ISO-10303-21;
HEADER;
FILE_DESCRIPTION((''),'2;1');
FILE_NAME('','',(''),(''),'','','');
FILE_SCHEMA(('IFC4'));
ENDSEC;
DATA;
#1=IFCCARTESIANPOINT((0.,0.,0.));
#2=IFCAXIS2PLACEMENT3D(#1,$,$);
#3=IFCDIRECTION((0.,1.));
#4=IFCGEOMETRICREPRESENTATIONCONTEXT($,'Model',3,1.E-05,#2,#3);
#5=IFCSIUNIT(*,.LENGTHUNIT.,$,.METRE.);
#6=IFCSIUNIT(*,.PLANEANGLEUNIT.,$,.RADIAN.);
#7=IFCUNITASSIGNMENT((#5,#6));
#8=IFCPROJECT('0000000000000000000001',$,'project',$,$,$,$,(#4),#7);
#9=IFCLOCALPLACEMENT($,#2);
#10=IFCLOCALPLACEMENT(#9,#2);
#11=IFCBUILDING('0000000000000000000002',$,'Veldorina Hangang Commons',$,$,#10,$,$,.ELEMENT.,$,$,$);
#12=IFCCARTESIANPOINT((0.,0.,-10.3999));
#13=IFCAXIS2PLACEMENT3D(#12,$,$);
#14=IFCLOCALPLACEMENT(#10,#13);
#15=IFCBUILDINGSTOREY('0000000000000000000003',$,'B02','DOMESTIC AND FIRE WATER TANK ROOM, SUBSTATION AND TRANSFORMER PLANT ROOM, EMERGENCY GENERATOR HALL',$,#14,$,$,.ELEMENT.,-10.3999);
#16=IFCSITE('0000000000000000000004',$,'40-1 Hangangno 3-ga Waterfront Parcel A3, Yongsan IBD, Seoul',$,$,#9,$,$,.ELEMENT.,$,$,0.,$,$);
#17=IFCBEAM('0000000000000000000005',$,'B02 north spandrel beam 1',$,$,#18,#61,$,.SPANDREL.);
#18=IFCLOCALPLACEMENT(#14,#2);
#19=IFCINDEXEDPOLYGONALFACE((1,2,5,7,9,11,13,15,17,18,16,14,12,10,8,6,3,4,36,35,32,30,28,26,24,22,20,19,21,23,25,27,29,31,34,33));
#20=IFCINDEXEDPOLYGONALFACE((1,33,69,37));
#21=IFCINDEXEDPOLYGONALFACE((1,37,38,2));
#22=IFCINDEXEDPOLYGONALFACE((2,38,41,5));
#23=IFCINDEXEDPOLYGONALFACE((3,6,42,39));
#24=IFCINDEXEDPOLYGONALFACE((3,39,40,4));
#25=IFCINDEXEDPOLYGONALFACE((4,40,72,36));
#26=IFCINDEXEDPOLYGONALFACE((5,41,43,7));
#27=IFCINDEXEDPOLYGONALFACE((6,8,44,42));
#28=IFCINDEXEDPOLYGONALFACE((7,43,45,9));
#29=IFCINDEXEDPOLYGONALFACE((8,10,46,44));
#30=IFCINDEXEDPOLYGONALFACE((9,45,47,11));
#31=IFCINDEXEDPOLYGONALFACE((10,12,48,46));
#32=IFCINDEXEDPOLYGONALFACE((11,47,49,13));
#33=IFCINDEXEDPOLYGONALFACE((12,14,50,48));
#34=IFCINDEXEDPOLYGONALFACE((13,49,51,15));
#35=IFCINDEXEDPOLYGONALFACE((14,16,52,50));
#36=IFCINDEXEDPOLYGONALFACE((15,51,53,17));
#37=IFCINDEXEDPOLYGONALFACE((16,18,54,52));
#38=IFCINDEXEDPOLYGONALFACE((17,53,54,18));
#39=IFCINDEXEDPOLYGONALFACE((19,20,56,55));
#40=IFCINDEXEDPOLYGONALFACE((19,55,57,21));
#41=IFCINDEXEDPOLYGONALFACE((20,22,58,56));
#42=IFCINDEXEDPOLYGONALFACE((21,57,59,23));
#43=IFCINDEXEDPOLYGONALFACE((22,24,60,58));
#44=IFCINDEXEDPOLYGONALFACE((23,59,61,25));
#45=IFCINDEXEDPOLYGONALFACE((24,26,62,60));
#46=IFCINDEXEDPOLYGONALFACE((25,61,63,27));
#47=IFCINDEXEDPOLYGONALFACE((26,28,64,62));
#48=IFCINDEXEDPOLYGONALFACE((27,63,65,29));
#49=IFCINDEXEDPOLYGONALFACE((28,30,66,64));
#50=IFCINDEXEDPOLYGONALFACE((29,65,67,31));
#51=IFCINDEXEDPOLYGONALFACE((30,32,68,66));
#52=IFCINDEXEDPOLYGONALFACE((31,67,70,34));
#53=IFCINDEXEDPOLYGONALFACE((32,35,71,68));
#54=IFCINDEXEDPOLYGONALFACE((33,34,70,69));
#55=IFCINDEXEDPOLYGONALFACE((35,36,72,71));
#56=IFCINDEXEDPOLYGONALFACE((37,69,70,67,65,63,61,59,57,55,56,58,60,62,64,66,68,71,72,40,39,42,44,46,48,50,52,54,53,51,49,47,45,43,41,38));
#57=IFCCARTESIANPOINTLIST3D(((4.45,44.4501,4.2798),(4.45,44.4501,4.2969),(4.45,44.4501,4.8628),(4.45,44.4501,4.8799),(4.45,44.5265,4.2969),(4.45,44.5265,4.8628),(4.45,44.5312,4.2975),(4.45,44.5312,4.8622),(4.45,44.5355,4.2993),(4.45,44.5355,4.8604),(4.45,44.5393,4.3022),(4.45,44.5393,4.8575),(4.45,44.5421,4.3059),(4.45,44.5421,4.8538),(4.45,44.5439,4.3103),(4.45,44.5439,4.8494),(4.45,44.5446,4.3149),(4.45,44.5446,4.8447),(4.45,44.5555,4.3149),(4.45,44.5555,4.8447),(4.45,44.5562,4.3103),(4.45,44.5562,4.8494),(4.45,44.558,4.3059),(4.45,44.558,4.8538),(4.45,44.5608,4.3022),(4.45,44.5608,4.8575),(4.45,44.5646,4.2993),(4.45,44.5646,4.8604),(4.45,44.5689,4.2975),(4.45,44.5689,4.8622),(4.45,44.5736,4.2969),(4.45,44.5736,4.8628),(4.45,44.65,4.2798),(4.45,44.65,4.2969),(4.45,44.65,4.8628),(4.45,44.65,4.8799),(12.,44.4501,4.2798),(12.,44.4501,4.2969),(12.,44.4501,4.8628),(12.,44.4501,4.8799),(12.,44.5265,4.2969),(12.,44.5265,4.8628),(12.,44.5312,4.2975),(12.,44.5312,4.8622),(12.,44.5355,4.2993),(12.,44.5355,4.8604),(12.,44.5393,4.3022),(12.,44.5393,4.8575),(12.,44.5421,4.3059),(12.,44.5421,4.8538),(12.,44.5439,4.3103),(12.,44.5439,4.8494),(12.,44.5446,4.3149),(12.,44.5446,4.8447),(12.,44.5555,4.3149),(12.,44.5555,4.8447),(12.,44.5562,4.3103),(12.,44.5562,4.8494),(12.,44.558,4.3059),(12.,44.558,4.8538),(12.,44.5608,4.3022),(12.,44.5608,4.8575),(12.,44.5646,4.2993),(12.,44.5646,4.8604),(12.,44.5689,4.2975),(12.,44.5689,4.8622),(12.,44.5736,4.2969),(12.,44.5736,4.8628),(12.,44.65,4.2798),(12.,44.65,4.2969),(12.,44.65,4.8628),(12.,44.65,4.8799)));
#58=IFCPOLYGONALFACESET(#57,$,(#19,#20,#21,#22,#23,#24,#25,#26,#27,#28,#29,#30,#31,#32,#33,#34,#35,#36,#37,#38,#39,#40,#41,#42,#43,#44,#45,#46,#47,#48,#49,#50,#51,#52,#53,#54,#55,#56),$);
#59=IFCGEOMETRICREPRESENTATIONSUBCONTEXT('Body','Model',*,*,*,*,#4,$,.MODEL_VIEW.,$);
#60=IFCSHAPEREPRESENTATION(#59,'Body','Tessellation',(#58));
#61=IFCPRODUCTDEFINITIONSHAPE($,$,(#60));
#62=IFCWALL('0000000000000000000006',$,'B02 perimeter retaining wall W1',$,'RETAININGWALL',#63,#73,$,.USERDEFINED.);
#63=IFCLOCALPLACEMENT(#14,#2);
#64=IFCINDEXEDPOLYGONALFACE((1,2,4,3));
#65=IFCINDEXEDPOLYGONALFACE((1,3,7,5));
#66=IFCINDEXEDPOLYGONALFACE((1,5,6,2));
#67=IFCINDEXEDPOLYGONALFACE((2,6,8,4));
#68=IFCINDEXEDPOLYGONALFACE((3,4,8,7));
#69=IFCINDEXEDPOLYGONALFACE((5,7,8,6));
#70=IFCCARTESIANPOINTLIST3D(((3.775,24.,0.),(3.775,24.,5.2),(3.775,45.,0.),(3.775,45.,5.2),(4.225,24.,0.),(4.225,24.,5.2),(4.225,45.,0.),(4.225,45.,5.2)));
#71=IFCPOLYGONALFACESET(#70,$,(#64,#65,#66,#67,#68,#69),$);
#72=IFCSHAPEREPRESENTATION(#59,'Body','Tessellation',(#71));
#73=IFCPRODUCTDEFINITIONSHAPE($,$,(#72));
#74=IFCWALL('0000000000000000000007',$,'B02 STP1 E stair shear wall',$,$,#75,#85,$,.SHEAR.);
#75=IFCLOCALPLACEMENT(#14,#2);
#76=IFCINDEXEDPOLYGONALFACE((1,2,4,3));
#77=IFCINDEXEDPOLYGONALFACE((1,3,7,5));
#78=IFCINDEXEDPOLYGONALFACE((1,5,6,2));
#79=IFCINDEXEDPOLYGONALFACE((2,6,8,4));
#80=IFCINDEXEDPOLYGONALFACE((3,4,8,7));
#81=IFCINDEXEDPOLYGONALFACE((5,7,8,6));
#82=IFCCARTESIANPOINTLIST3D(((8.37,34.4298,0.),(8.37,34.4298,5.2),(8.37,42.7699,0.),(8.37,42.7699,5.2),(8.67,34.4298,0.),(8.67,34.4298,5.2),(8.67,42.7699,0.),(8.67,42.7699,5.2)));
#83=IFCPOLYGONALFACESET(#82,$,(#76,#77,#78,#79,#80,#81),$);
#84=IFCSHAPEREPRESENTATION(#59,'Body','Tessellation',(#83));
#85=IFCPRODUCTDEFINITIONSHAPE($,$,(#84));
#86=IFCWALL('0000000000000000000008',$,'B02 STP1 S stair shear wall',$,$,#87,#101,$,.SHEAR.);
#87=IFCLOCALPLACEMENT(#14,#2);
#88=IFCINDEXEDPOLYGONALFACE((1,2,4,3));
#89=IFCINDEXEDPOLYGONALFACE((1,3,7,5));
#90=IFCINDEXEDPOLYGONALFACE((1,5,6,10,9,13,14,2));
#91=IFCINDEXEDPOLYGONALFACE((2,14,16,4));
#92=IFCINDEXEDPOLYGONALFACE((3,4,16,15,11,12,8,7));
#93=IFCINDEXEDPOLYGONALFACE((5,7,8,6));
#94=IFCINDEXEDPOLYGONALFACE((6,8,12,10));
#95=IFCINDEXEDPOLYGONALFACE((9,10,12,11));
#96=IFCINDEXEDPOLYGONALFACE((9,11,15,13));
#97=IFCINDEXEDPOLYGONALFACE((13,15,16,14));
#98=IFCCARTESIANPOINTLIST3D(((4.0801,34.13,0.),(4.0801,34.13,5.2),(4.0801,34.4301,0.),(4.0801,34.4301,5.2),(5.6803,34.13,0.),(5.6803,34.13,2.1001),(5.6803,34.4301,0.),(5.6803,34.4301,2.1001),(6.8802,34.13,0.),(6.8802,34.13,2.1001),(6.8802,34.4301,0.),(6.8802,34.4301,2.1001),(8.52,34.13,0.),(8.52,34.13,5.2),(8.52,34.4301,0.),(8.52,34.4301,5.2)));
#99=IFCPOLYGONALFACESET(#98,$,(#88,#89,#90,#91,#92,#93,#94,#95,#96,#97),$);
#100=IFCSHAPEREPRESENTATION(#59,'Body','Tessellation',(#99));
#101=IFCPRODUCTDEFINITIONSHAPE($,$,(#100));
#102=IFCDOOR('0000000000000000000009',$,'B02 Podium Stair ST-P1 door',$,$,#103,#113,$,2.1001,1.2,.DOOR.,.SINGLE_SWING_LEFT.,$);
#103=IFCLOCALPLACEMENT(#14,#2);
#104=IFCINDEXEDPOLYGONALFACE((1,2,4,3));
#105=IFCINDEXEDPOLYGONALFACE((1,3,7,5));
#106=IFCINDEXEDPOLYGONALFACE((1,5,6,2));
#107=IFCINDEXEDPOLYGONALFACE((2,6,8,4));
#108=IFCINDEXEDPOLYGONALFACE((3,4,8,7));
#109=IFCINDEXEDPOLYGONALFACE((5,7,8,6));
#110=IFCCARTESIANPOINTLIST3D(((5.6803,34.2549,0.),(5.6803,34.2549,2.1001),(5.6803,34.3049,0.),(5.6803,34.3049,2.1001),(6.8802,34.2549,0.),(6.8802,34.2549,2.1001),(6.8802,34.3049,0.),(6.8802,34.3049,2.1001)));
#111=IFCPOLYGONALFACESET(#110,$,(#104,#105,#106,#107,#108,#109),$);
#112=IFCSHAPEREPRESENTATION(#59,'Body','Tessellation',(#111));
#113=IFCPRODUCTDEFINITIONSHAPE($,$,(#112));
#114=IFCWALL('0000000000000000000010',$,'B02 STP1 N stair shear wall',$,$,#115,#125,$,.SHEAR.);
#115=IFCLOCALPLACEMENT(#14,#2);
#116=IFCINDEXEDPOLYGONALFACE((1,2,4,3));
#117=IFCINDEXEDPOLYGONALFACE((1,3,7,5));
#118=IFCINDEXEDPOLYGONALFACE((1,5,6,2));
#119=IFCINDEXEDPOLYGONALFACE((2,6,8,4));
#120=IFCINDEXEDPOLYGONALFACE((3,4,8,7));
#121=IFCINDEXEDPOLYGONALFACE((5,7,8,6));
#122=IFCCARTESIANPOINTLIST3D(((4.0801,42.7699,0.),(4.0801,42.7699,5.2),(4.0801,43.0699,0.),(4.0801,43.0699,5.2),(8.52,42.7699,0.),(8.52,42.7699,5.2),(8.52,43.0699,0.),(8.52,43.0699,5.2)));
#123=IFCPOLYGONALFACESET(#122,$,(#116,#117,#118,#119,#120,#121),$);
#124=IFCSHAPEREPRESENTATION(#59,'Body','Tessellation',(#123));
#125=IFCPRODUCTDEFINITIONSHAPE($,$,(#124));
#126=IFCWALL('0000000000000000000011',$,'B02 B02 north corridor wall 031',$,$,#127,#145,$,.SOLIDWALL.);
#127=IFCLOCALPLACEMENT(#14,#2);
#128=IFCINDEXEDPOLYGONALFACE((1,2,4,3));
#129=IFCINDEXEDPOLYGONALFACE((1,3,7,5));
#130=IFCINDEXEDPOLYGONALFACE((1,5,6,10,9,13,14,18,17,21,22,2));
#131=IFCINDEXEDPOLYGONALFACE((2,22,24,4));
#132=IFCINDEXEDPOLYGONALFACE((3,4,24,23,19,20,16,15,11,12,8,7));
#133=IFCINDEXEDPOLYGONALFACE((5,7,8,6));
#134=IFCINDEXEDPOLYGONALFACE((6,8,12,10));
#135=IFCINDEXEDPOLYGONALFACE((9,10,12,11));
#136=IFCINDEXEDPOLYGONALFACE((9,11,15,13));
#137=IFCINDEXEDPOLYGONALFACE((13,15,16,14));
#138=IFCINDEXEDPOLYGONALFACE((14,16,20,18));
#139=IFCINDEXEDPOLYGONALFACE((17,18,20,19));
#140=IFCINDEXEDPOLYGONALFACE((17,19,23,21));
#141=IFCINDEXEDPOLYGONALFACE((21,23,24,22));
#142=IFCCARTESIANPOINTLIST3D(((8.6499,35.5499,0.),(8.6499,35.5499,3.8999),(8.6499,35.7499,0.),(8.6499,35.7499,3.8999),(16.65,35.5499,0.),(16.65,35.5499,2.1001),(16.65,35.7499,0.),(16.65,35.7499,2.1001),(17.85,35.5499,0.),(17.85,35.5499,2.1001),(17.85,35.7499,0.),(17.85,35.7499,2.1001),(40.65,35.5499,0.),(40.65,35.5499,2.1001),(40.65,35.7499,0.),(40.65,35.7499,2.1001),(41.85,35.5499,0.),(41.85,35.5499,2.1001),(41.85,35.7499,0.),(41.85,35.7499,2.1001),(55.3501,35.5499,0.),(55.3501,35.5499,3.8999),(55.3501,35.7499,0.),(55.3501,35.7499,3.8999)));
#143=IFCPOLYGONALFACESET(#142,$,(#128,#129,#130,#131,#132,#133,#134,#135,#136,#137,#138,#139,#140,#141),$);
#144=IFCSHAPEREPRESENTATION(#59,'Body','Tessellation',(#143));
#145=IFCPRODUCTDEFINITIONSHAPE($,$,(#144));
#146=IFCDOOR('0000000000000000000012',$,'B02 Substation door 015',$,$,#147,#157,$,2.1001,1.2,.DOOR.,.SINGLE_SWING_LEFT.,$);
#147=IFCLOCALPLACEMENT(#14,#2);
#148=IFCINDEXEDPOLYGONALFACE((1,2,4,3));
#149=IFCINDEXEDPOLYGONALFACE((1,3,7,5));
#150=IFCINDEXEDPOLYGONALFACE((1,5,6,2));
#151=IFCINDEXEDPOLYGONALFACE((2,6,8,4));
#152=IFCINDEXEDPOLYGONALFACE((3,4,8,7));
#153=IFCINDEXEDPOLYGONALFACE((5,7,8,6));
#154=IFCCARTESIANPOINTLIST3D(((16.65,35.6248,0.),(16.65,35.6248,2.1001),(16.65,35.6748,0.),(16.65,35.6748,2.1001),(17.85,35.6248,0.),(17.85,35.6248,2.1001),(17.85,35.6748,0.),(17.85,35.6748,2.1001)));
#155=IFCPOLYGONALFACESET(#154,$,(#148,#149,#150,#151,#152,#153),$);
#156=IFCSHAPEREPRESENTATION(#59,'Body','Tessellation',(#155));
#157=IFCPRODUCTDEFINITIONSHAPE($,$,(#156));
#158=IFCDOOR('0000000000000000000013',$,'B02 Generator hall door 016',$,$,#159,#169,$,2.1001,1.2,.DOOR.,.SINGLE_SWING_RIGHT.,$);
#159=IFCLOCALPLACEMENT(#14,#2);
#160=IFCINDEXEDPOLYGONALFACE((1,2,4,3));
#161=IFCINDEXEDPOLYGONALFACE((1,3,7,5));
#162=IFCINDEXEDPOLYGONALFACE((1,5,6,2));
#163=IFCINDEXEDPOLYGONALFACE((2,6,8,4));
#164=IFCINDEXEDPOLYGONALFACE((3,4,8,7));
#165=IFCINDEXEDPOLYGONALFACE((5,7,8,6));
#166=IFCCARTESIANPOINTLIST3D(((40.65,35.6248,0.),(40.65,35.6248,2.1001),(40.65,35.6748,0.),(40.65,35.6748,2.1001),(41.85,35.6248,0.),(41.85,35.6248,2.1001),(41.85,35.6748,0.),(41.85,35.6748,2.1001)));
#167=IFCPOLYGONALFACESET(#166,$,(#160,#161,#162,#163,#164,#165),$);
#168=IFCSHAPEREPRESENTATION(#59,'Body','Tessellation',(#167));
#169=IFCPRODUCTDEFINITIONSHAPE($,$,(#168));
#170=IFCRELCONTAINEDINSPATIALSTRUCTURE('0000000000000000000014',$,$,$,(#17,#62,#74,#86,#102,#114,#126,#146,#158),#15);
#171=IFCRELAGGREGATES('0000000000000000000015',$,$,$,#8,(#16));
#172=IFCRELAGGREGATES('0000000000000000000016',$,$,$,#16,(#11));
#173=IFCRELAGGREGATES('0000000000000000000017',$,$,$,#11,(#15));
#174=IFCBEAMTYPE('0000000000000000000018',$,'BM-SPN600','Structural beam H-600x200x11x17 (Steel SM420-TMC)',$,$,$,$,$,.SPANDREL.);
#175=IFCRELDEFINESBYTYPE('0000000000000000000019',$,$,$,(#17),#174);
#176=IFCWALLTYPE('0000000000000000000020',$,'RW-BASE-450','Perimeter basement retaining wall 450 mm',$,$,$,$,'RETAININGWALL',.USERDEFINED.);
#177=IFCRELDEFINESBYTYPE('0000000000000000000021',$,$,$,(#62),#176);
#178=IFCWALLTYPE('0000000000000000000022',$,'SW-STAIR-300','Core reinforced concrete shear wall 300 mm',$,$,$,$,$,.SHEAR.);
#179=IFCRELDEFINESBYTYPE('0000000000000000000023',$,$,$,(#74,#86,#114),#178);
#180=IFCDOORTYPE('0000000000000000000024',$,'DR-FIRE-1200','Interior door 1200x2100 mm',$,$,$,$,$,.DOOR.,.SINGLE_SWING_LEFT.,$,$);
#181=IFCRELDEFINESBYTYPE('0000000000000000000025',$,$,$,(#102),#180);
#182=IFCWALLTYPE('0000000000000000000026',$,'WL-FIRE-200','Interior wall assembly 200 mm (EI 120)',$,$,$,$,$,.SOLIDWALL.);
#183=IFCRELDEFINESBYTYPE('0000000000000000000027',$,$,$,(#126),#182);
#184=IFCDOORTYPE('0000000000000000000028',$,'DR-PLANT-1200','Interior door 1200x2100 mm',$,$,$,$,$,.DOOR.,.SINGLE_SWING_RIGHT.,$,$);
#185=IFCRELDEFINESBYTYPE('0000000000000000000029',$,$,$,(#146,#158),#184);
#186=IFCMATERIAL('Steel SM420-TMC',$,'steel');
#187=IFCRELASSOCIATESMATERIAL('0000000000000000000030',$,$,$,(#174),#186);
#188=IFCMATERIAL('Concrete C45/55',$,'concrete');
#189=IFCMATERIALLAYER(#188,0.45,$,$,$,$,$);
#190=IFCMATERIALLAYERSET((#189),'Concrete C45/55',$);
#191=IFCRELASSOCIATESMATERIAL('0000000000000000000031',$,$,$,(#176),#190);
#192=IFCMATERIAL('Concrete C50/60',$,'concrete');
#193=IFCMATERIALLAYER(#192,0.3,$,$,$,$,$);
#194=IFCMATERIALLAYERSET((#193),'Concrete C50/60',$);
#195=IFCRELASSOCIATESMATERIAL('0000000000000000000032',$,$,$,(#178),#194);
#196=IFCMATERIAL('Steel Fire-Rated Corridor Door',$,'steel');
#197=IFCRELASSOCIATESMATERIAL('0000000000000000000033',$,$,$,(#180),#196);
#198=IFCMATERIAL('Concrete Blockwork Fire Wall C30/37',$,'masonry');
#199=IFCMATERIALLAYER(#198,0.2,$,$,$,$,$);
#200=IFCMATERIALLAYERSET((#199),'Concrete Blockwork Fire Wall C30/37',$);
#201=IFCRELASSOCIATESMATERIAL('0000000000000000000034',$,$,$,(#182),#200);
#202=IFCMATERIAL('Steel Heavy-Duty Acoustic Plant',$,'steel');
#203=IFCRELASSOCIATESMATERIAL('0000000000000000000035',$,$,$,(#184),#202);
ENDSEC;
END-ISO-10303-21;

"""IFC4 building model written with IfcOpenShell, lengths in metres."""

from ifc_helpers import new_model, si_unit, direction, frame, frame_2d, origin, origin_2d, place, context, subcontext, project, spatial, rectangle, i_section, extrude, material, layer, layer_set, material_profile, profile_set, type_object, element, fill, save


model = new_model("IFC4")

# Units and contexts
model_context = context("Model", 3, precision=1e-05, world=origin(), true_north=direction((0.0, 1.0)))
body_context = subcontext(model_context, "Body", "Model", "MODEL_VIEW")
ifc_project = project(units=[si_unit("LENGTHUNIT", "METRE"), si_unit("PLANEANGLEUNIT", "RADIAN")], contexts=[model_context])

# Site, building, storey
site_placement = place(None, origin())
site = spatial("IfcSite", under=ifc_project, at=site_placement, Name="40-1 Hangangno 3-ga Waterfront Parcel A3, Yongsan IBD, Seoul", CompositionType="ELEMENT", RefElevation=0.0)
building_placement = place(site_placement, origin())
building = spatial("IfcBuilding", under=site, at=building_placement, Name="Veldorina Hangang Commons", CompositionType="ELEMENT")
storey_placement = place(building_placement, frame((0.0, 0.0, -10.3999)))
storey = spatial("IfcBuildingStorey", under=building, at=storey_placement, Name="B02", Description="DOMESTIC AND FIRE WATER TANK ROOM, SUBSTATION AND TRANSFORMER PLANT ROOM, EMERGENCY GENERATOR HALL", CompositionType="ELEMENT", Elevation=-10.3999)

# Shared definitions
ifc_material_1 = material(Name="Concrete C45/55", Category="concrete")

# Beam
ifc_material_2 = material(Name="Steel SM420-TMC", Category="steel")
ifc_material_profile_1 = material_profile(ifc_material_2, i_section(OverallWidth=0.2, OverallDepth=0.6001, WebThickness=0.011, FlangeThickness=0.0171, FilletRadius=0.0181, at=origin_2d()), Name="H-600x200x11x17")
ifc_profile_set_1 = profile_set([ifc_material_profile_1], Name="Steel SM420-TMC")
beam_type = type_object("IfcBeamType", Name="BM-SPN600", Description="Structural beam H-600x200x11x17 (Steel SM420-TMC)", PredefinedType="SPANDREL", material=ifc_profile_set_1)
beam_placement = place(storey_placement, frame((4.45, 44.55, 4.5798), z_axis=(1.0, 0.0, 0.0), x_axis=(0.0, 1.0, 0.0)))
element("IfcBeam", 1, at=beam_placement, inside=storey, type_object=beam_type, Name="B02 north spandrel beam 1", PredefinedType="SPANDREL", context=body_context, shape_type="SweptSolid", body=[
    extrude(i_section(OverallWidth=0.2, OverallDepth=0.6001, WebThickness=0.011, FlangeThickness=0.0171, FilletRadius=0.0181, at=origin_2d()), origin(), (0.0, 0.0, 1.0), 7.55),
])

# Walls
ifc_layer_1 = layer(ifc_material_1, 0.45)
ifc_layer_set_1 = layer_set([ifc_layer_1], Name="Concrete C45/55")
wall_type_1 = type_object("IfcWallType", Name="RW-BASE-450", Description="Perimeter basement retaining wall 450 mm", ElementType="RETAININGWALL", PredefinedType="USERDEFINED", material=ifc_layer_set_1)
wall_1_placement = place(storey_placement, frame((4.0, 45.0, 0.0), z_axis=(0.0, 0.0, 1.0), x_axis=(0.0, -1.0, 0.0)))
element("IfcWall", 2, at=wall_1_placement, inside=storey, type_object=wall_type_1, Name="B02 perimeter retaining wall W1", ObjectType="RETAININGWALL", PredefinedType="USERDEFINED", context=body_context, shape_type="SweptSolid", body=[
    extrude(rectangle(XDim=21.0, YDim=0.45, at=frame_2d((10.5, 0.0))), origin(), (0.0, 0.0, 1.0), 5.2),
])
ifc_material_3 = material(Name="Concrete C50/60", Category="concrete")
ifc_layer_2 = layer(ifc_material_3, 0.3)
ifc_layer_set_2 = layer_set([ifc_layer_2], Name="Concrete C50/60")
wall_type_2 = type_object("IfcWallType", Name="SW-STAIR-300", Description="Core reinforced concrete shear wall 300 mm", PredefinedType="SHEAR", material=ifc_layer_set_2)
wall_2_placement = place(storey_placement, frame((8.52, 34.4299, 0.0), z_axis=(0.0, 0.0, 1.0), x_axis=(0.0, 1.0, 0.0)))
element("IfcWall", 3, at=wall_2_placement, inside=storey, type_object=wall_type_2, Name="B02 STP1 E stair shear wall", PredefinedType="SHEAR", context=body_context, shape_type="SweptSolid", body=[
    extrude(rectangle(XDim=8.3401, YDim=0.3, at=frame_2d((4.1699, 0.0))), origin(), (0.0, 0.0, 1.0), 5.2),
])

# Wall, opening, door
wall_3_placement = place(storey_placement, frame((4.0801, 34.28, 0.0), z_axis=(0.0, 0.0, 1.0), x_axis=(1.0, 0.0, 0.0)))
wall_3 = element("IfcWall", 4, at=wall_3_placement, inside=storey, type_object=wall_type_2, Name="B02 STP1 S stair shear wall", PredefinedType="SHEAR", context=body_context, shape_type="SweptSolid", body=[
    extrude(rectangle(XDim=4.4399, YDim=0.3, at=frame_2d((2.22, 0.0))), origin(), (0.0, 0.0, 1.0), 5.2),
])
opening_1_placement = place(wall_3_placement, frame((1.6001, 0.0, 0.0)))
opening_1 = element("IfcOpeningElement", 5, at=opening_1_placement, cuts=wall_3, PredefinedType="OPENING", context=body_context, shape_type="SweptSolid", body=[
    extrude(rectangle(XDim=1.2, YDim=2.1001, at=frame_2d((0.6001, 1.05))), frame((0.0, 0.1602, 0.0), z_axis=(0.0, -1.0, 0.0), x_axis=(1.0, 0.0, 0.0)), (0.0, 0.0, 1.0), 0.3201),
])
ifc_material_4 = material(Name="Steel Fire-Rated Corridor Door", Category="steel")
door_type_1 = type_object("IfcDoorType", Name="DR-FIRE-1200", Description="Interior door 1200x2100 mm", OperationType="SINGLE_SWING_LEFT", PredefinedType="DOOR", material=ifc_material_4)
door_1_placement = place(opening_1_placement, origin())
door_1 = element("IfcDoor", 6, at=door_1_placement, inside=storey, type_object=door_type_1, Name="B02 Podium Stair ST-P1 door", OperationType="SINGLE_SWING_LEFT", OverallHeight=2.1001, OverallWidth=1.2, PredefinedType="DOOR", context=body_context, shape_type="SweptSolid", body=[
    extrude(rectangle(XDim=1.2, YDim=2.1001, at=frame_2d((0.6001, 1.05))), frame((0.0, 0.0249, 0.0), z_axis=(0.0, -1.0, 0.0), x_axis=(1.0, 0.0, 0.0)), (0.0, 0.0, 1.0), 0.05),
])
fill(opening_1, door_1)

# Wall
wall_4_placement = place(storey_placement, frame((4.0801, 42.9199, 0.0), z_axis=(0.0, 0.0, 1.0), x_axis=(1.0, 0.0, 0.0)))
element("IfcWall", 7, at=wall_4_placement, inside=storey, type_object=wall_type_2, Name="B02 STP1 N stair shear wall", PredefinedType="SHEAR", context=body_context, shape_type="SweptSolid", body=[
    extrude(rectangle(XDim=4.4399, YDim=0.3, at=frame_2d((2.22, 0.0))), origin(), (0.0, 0.0, 1.0), 5.2),
])

# Wall, openings, doors
ifc_material_5 = material(Name="Concrete Blockwork Fire Wall C30/37", Category="masonry")
ifc_layer_3 = layer(ifc_material_5, 0.2)
ifc_layer_set_3 = layer_set([ifc_layer_3], Name="Concrete Blockwork Fire Wall C30/37")
wall_type_3 = type_object("IfcWallType", Name="WL-FIRE-200", Description="Interior wall assembly 200 mm (EI 120)", PredefinedType="SOLIDWALL", material=ifc_layer_set_3)
wall_5_placement = place(storey_placement, frame((8.6499, 35.6499, 0.0), z_axis=(0.0, 0.0, 1.0), x_axis=(1.0, 0.0, 0.0)))
wall_5 = element("IfcWall", 8, at=wall_5_placement, inside=storey, type_object=wall_type_3, Name="B02 B02 north corridor wall 031", PredefinedType="SOLIDWALL", context=body_context, shape_type="SweptSolid", body=[
    extrude(rectangle(XDim=46.7002, YDim=0.2, at=frame_2d((23.3501, 0.0))), origin(), (0.0, 0.0, 1.0), 3.8999),
])
opening_2_placement = place(wall_5_placement, frame((8.0, 0.0, 0.0)))
opening_2 = element("IfcOpeningElement", 9, at=opening_2_placement, cuts=wall_5, PredefinedType="OPENING", context=body_context, shape_type="SweptSolid", body=[
    extrude(rectangle(XDim=1.2, YDim=2.1001, at=frame_2d((0.6001, 1.05))), frame((0.0, 0.1099, 0.0), z_axis=(0.0, -1.0, 0.0), x_axis=(1.0, 0.0, 0.0)), (0.0, 0.0, 1.0), 0.22),
])
opening_3_placement = place(wall_5_placement, frame((32.0, 0.0, 0.0)))
opening_3 = element("IfcOpeningElement", 10, at=opening_3_placement, cuts=wall_5, PredefinedType="OPENING", context=body_context, shape_type="SweptSolid", body=[
    extrude(rectangle(XDim=1.2, YDim=2.1001, at=frame_2d((0.6001, 1.05))), frame((0.0, 0.1099, 0.0), z_axis=(0.0, -1.0, 0.0), x_axis=(1.0, 0.0, 0.0)), (0.0, 0.0, 1.0), 0.22),
])
ifc_material_6 = material(Name="Steel Heavy-Duty Acoustic Plant", Category="steel")
door_type_2 = type_object("IfcDoorType", Name="DR-PLANT-1200", Description="Interior door 1200x2100 mm", OperationType="SINGLE_SWING_RIGHT", PredefinedType="DOOR", material=ifc_material_6)
door_2_placement = place(opening_2_placement, origin())
door_2 = element("IfcDoor", 11, at=door_2_placement, inside=storey, type_object=door_type_2, Name="B02 Substation door 015", OperationType="SINGLE_SWING_LEFT", OverallHeight=2.1001, OverallWidth=1.2, PredefinedType="DOOR", context=body_context, shape_type="SweptSolid", body=[
    extrude(rectangle(XDim=1.2, YDim=2.1001, at=frame_2d((0.6001, 1.05))), frame((0.0, 0.0249, 0.0), z_axis=(0.0, -1.0, 0.0), x_axis=(1.0, 0.0, 0.0)), (0.0, 0.0, 1.0), 0.05),
])
fill(opening_2, door_2)
door_3_placement = place(opening_3_placement, origin())
door_3 = element("IfcDoor", 12, at=door_3_placement, inside=storey, type_object=door_type_2, Name="B02 Generator hall door 016", OperationType="SINGLE_SWING_RIGHT", OverallHeight=2.1001, OverallWidth=1.2, PredefinedType="DOOR", context=body_context, shape_type="SweptSolid", body=[
    extrude(rectangle(XDim=1.2, YDim=2.1001, at=frame_2d((0.6001, 1.05))), frame((0.0, 0.0249, 0.0), z_axis=(0.0, -1.0, 0.0), x_axis=(1.0, 0.0, 0.0)), (0.0, 0.0, 1.0), 0.05),
])
fill(opening_3, door_3)

save(model, "model.ifc")
